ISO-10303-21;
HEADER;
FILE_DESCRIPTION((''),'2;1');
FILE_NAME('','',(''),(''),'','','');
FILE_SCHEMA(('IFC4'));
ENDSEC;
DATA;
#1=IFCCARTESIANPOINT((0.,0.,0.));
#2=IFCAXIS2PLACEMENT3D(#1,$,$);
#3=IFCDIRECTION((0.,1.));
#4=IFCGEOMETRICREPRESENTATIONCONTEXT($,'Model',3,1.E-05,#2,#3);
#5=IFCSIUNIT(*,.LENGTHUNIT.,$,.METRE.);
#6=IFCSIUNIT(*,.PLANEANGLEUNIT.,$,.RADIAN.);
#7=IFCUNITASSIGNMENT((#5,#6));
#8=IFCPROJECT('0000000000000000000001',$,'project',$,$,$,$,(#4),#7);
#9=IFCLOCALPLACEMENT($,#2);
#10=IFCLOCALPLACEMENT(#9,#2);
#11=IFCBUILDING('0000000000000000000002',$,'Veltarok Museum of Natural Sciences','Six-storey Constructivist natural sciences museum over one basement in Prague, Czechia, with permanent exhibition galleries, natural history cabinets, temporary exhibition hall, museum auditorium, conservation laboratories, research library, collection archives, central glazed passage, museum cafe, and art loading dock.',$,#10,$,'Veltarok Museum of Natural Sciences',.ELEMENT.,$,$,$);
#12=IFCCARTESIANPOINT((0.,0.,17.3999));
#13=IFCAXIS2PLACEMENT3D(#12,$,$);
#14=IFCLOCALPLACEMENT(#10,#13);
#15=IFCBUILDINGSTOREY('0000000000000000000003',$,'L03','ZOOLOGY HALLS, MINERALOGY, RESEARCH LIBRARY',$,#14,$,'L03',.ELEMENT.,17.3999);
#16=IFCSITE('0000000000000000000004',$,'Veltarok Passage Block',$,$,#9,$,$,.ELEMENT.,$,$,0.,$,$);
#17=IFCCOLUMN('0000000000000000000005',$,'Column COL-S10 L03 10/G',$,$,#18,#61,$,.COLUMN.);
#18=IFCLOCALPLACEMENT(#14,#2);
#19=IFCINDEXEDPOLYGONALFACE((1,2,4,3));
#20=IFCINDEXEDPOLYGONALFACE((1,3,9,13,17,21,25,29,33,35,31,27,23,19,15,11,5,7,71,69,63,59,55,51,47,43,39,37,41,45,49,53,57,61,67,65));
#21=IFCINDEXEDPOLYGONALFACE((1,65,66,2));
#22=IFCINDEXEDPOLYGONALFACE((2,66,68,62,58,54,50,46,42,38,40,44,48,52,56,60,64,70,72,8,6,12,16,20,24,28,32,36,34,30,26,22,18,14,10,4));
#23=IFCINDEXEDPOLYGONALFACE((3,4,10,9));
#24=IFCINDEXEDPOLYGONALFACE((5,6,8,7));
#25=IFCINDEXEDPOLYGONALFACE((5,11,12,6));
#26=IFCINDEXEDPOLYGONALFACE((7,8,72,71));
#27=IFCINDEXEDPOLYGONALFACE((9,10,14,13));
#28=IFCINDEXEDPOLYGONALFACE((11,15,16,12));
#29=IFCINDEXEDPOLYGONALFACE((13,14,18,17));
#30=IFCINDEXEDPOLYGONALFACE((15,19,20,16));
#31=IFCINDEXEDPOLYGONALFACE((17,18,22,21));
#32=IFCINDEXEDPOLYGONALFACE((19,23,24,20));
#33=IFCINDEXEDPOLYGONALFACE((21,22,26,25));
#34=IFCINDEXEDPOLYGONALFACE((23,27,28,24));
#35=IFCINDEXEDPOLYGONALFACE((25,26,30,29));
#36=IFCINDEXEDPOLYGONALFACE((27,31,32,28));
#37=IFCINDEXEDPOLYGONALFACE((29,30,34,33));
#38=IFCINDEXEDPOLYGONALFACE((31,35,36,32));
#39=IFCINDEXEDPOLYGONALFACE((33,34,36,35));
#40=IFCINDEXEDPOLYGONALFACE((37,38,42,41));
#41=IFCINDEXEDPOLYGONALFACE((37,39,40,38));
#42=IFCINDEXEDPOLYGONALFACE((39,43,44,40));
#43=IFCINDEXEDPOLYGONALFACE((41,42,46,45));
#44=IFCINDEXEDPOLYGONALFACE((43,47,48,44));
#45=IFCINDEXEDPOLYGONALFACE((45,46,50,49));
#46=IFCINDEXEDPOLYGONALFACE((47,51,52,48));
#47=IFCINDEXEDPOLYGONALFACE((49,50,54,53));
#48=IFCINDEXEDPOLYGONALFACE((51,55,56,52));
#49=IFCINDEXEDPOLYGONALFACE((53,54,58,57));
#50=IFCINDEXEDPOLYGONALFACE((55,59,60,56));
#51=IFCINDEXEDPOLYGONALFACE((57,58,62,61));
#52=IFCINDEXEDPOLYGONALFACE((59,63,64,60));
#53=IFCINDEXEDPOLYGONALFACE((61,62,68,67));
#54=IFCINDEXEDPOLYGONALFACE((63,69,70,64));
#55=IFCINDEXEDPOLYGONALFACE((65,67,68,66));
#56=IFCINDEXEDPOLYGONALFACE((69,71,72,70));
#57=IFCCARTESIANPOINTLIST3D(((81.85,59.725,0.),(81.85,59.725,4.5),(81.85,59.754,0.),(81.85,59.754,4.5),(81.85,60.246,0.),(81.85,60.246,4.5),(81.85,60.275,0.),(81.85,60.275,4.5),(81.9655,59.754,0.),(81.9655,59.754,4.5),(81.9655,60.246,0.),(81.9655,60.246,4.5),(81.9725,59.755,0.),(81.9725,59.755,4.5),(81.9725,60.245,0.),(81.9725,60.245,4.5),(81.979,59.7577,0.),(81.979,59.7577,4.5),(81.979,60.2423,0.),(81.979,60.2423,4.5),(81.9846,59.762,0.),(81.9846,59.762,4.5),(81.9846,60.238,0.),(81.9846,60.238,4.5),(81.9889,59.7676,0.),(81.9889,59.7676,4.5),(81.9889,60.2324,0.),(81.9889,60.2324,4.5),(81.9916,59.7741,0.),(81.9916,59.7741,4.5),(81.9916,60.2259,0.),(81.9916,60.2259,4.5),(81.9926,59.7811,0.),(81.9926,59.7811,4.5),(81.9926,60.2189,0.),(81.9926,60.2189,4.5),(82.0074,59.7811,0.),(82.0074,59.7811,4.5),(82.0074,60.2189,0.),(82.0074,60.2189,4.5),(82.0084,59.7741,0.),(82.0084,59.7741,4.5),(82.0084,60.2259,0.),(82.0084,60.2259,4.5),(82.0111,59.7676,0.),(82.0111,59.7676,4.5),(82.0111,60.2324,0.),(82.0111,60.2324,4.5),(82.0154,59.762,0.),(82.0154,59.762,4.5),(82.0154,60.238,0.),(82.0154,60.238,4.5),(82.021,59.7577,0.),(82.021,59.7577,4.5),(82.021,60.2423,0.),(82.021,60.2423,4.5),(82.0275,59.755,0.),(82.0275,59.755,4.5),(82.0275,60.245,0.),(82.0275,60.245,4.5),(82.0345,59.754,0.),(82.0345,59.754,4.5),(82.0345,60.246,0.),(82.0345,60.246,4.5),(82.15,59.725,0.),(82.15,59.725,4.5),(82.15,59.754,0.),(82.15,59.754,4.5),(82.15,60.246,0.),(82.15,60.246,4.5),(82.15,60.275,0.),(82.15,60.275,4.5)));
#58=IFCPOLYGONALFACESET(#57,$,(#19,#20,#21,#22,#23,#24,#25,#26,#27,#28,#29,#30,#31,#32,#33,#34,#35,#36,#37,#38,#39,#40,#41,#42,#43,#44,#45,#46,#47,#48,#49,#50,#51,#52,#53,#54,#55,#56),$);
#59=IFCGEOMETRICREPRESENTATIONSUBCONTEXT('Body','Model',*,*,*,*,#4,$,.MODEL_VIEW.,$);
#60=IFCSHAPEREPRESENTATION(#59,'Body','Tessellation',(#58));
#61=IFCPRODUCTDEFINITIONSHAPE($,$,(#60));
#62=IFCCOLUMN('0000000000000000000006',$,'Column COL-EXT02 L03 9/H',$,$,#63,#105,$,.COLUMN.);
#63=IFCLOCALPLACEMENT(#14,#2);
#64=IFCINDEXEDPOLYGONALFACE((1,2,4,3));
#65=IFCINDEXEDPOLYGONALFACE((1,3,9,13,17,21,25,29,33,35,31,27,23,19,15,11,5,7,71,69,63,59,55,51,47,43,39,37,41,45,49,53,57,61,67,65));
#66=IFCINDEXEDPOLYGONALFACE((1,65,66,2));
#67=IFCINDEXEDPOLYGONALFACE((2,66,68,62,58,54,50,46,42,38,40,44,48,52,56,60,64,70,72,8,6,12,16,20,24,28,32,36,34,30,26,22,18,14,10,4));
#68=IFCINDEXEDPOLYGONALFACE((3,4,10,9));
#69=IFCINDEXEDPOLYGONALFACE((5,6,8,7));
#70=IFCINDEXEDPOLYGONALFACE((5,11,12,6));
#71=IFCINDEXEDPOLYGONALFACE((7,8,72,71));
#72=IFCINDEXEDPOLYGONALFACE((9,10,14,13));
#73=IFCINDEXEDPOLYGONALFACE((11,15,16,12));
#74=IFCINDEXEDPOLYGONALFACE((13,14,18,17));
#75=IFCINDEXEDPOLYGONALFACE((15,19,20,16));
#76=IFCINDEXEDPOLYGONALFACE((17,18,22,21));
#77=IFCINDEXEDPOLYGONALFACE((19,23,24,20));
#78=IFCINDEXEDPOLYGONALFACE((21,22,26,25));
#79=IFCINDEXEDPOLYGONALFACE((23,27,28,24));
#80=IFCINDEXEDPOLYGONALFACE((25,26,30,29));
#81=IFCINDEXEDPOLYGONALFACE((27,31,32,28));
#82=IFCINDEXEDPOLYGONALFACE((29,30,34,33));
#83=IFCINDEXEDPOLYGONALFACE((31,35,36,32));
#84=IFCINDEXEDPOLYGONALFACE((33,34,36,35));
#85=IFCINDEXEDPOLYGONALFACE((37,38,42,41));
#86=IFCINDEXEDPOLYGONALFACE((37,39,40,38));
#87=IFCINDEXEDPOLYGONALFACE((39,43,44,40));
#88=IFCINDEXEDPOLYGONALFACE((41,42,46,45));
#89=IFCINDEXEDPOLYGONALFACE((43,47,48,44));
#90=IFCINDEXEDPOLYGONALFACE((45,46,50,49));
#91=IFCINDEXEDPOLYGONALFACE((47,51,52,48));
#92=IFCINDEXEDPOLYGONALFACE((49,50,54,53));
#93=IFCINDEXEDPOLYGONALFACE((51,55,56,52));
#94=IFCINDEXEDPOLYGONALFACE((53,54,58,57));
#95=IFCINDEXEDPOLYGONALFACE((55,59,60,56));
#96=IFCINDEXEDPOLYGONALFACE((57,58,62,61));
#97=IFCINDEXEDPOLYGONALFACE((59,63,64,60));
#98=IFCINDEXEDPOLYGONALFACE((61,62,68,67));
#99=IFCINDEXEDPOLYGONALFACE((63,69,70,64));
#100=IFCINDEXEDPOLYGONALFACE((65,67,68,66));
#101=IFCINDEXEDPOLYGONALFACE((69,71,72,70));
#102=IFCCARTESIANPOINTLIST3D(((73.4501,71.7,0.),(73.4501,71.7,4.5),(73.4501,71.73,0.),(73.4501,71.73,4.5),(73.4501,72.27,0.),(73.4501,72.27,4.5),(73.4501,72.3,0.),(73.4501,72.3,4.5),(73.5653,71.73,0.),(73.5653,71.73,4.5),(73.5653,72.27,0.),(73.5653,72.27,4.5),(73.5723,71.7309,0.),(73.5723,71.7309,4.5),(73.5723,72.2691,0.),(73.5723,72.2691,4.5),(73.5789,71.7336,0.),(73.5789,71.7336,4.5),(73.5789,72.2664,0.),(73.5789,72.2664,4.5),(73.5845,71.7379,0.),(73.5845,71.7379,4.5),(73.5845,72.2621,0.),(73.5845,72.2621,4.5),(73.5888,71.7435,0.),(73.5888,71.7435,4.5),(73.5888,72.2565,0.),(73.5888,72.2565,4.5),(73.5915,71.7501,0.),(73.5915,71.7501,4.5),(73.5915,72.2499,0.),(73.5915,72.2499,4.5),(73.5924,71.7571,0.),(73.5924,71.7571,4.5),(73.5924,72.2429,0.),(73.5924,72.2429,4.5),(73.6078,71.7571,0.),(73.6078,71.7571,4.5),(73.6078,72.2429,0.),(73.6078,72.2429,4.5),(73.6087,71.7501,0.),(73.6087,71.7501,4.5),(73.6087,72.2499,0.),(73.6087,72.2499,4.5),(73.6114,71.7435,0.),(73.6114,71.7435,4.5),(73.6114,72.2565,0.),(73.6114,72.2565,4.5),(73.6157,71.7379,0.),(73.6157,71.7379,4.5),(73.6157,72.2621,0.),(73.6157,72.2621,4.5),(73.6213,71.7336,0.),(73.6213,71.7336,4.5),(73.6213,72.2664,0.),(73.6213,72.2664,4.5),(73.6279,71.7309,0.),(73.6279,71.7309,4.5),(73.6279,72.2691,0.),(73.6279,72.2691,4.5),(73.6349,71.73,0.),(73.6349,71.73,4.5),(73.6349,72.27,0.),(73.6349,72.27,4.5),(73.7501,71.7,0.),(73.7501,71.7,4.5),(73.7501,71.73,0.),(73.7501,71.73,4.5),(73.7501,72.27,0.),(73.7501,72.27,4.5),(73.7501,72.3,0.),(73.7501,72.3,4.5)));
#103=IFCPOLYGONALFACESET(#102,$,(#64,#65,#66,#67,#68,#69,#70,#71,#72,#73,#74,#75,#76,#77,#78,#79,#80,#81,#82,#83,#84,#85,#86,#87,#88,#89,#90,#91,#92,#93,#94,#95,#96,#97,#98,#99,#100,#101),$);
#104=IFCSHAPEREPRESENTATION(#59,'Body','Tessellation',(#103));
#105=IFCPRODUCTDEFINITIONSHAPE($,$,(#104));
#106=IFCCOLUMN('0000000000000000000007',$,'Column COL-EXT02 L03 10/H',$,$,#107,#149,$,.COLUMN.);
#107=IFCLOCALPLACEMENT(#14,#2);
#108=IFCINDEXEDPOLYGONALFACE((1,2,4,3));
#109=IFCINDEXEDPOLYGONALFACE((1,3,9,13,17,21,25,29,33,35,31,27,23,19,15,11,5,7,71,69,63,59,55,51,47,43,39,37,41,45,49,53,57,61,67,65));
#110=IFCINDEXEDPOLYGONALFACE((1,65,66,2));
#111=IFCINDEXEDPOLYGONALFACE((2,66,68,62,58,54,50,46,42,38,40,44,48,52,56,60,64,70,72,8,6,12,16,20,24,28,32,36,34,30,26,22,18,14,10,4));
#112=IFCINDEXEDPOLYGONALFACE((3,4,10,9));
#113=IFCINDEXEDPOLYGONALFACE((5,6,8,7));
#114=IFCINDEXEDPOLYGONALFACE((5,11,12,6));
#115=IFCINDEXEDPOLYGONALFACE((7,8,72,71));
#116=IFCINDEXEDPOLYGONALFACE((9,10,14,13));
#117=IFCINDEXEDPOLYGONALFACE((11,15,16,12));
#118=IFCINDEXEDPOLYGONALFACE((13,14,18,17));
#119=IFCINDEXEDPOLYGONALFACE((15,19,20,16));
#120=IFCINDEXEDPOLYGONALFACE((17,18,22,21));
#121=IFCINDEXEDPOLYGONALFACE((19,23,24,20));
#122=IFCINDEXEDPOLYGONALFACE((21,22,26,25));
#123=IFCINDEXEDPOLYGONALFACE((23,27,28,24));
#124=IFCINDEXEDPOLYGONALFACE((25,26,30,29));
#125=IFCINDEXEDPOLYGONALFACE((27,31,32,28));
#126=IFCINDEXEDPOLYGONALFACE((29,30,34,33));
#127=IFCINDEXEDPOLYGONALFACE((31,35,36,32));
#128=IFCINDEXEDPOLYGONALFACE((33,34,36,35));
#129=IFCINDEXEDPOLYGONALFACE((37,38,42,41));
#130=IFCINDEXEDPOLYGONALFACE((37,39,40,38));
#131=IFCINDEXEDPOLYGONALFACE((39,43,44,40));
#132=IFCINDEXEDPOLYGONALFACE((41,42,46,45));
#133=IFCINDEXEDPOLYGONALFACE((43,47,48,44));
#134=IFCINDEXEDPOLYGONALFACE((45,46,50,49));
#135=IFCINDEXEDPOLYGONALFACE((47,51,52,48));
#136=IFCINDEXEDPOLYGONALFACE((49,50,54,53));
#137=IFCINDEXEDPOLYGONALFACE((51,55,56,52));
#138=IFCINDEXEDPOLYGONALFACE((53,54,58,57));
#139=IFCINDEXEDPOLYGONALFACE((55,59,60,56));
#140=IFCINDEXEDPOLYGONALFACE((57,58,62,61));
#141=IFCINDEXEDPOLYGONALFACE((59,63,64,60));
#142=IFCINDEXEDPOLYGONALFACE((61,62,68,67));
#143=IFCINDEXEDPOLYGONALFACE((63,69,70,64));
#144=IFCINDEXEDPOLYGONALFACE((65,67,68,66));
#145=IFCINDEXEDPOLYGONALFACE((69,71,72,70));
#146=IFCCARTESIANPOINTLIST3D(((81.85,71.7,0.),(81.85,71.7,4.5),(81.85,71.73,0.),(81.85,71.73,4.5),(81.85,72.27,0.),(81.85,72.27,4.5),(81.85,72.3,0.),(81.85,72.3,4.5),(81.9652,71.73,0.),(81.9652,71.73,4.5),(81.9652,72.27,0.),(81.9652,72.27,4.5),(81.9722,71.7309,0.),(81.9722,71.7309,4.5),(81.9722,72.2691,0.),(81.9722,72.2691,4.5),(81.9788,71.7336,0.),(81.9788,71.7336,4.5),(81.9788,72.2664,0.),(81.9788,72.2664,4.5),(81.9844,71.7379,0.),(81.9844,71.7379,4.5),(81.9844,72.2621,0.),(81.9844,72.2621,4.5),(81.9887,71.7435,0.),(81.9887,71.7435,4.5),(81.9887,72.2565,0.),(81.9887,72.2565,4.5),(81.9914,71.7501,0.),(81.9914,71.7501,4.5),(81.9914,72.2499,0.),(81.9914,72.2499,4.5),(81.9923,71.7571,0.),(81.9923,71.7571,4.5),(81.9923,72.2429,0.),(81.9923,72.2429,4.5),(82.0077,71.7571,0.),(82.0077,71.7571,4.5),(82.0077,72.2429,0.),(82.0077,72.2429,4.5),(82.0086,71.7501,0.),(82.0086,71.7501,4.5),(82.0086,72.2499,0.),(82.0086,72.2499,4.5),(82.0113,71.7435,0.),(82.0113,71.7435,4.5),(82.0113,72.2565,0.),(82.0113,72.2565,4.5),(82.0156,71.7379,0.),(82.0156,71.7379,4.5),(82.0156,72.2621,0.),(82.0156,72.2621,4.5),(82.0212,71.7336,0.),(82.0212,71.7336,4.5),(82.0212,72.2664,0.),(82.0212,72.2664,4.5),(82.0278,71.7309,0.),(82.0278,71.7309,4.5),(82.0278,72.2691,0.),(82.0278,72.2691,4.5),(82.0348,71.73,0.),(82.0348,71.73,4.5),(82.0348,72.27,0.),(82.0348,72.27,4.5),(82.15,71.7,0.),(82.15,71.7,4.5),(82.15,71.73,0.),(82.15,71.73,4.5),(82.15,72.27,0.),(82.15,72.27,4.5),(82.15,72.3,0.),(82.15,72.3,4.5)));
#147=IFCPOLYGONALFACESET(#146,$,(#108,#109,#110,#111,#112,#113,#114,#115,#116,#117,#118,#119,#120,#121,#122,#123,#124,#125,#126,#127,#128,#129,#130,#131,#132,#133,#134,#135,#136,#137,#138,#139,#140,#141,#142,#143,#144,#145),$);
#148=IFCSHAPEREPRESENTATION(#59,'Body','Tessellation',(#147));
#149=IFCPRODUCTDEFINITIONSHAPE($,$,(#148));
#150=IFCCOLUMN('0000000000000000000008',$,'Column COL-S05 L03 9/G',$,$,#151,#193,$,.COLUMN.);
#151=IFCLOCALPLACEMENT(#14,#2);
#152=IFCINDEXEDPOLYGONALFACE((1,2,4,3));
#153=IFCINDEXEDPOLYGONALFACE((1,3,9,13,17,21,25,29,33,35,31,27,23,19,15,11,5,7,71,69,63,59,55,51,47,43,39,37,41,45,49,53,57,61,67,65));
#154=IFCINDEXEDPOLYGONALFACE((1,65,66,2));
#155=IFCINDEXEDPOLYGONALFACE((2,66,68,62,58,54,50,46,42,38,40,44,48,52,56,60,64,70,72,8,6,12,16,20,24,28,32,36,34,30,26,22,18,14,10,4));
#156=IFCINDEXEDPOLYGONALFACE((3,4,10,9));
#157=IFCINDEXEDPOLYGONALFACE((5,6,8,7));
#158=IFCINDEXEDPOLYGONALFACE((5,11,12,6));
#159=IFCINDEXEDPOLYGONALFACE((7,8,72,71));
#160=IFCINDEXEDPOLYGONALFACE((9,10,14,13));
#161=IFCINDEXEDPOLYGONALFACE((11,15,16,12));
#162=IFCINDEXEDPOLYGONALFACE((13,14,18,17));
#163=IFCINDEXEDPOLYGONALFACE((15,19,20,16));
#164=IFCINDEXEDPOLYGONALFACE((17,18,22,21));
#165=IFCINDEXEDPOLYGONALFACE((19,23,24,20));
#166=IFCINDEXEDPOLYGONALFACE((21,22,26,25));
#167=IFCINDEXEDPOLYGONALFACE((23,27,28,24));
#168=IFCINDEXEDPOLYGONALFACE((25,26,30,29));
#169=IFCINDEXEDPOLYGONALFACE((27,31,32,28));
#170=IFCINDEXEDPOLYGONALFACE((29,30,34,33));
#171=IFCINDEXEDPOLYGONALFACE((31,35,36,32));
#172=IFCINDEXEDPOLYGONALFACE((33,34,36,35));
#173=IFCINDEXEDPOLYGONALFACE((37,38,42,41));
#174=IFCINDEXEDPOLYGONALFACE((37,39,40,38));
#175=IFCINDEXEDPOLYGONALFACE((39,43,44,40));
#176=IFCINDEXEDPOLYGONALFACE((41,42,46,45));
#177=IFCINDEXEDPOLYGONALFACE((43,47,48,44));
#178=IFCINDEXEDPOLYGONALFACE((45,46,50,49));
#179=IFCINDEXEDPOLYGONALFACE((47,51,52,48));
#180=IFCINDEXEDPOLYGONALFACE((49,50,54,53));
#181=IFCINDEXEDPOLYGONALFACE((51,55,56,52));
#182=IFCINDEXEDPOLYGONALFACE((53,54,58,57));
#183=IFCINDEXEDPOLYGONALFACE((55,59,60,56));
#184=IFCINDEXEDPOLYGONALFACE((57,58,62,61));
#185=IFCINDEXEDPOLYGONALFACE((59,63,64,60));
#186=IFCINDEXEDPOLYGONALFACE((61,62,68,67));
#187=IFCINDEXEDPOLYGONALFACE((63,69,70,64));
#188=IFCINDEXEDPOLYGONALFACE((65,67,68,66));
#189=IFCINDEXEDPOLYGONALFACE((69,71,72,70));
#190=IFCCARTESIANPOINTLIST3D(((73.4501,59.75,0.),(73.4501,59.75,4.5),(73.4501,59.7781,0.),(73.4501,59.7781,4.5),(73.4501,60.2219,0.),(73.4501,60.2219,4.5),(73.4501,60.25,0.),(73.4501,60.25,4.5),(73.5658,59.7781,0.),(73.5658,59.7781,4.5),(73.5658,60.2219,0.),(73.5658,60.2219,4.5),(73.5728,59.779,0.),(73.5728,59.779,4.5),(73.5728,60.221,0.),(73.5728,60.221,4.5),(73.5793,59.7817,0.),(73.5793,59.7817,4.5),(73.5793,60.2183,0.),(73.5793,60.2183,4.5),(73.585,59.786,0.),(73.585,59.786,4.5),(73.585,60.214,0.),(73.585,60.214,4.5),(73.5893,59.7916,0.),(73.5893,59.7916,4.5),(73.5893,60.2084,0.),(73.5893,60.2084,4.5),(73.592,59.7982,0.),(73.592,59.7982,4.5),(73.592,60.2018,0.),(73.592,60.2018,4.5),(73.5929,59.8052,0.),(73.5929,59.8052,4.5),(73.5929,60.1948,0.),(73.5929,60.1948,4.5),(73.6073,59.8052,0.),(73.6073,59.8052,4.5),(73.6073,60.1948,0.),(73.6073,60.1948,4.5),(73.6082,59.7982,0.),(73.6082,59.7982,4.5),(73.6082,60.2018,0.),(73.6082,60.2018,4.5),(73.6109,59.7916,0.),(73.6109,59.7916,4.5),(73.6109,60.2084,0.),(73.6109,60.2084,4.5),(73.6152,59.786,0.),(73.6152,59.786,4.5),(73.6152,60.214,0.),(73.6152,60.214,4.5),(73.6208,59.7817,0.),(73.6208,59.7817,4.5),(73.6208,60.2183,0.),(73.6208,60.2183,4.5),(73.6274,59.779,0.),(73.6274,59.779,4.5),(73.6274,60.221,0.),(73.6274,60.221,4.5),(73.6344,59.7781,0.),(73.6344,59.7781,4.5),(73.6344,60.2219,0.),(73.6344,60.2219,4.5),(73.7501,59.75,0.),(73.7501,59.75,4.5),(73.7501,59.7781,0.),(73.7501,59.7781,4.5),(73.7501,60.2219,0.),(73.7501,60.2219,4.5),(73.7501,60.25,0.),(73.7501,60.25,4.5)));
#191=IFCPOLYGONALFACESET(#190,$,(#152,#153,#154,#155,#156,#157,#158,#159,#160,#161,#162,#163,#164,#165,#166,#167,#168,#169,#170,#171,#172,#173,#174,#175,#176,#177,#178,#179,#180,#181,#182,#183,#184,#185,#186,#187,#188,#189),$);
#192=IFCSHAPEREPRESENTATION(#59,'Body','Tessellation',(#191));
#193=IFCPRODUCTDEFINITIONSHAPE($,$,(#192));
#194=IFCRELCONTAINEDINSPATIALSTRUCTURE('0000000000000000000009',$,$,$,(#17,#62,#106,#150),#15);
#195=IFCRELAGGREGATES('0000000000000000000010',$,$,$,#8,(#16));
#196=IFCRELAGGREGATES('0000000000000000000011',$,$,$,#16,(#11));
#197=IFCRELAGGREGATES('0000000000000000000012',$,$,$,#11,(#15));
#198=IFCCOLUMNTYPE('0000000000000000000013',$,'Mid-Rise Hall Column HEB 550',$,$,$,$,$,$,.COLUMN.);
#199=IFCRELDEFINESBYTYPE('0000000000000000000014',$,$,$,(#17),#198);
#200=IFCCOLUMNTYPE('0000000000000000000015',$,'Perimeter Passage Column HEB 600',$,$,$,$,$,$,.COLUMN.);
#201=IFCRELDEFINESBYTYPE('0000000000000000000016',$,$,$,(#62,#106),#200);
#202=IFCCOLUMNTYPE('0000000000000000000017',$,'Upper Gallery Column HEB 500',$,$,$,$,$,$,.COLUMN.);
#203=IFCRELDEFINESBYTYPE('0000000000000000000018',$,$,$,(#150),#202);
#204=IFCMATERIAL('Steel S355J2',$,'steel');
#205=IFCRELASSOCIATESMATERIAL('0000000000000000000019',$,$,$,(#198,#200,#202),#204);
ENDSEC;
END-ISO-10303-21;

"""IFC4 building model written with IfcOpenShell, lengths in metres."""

from ifc_helpers import new_model, si_unit, direction, frame, origin, origin_2d, place, context, subcontext, project, spatial, i_section, extrude, material, material_profile, profile_set, type_object, element, save


model = new_model("IFC4")

# Units and contexts
model_context = context("Model", 3, precision=1e-05, world=origin(), true_north=direction((0.0, 1.0)))
body_context = subcontext(model_context, "Body", "Model", "MODEL_VIEW")
ifc_project = project(units=[si_unit("LENGTHUNIT", "METRE"), si_unit("PLANEANGLEUNIT", "RADIAN")], contexts=[model_context])

# Site, building, storey
site_placement = place(None, origin())
site = spatial("IfcSite", under=ifc_project, at=site_placement, Name="Veltarok Passage Block", CompositionType="ELEMENT", RefElevation=0.0)
building_placement = place(site_placement, origin())
building = spatial("IfcBuilding", under=site, at=building_placement, Name="Veltarok Museum of Natural Sciences", Description="Six-storey Constructivist natural sciences museum over one basement in Prague, Czechia, with permanent exhibition galleries, natural history cabinets, temporary exhibition hall, museum auditorium, conservation laboratories, research library, collection archives, central glazed passage, museum cafe, and art loading dock.", LongName="Veltarok Museum of Natural Sciences", CompositionType="ELEMENT")
storey_placement = place(building_placement, frame((0.0, 0.0, 17.3999)))
storey = spatial("IfcBuildingStorey", under=building, at=storey_placement, Name="L03", Description="ZOOLOGY HALLS, MINERALOGY, RESEARCH LIBRARY", LongName="L03", CompositionType="ELEMENT", Elevation=17.3999)

# Columns
ifc_material_1 = material(Name="Steel S355J2", Category="steel")
ifc_material_profile_1 = material_profile(ifc_material_1, i_section(OverallWidth=0.3, OverallDepth=0.55, WebThickness=0.0149, FlangeThickness=0.0291, FilletRadius=0.0271, at=origin_2d()), Name="HEB 550")
ifc_profile_set_1 = profile_set([ifc_material_profile_1], Name="Steel S355J2")
column_type_1 = type_object("IfcColumnType", Name="Mid-Rise Hall Column HEB 550", PredefinedType="COLUMN", material=ifc_profile_set_1)
column_1_placement = place(storey_placement, frame((82.0, 60.0, 0.0), z_axis=(0.0, 0.0, 1.0), x_axis=(1.0, 0.0, 0.0)))
element("IfcColumn", 1, at=column_1_placement, inside=storey, type_object=column_type_1, Name="Column COL-S10 L03 10/G", PredefinedType="COLUMN", context=body_context, shape_type="SweptSolid", body=[
    extrude(i_section(OverallWidth=0.3, OverallDepth=0.55, WebThickness=0.0149, FlangeThickness=0.0291, FilletRadius=0.0271, at=origin_2d()), origin(), (0.0, 0.0, 1.0), 4.5),
])
ifc_material_profile_2 = material_profile(ifc_material_1, i_section(OverallWidth=0.3, OverallDepth=0.6001, WebThickness=0.0154, FlangeThickness=0.03, FilletRadius=0.0271, at=origin_2d()), Name="HEB 600")
ifc_profile_set_2 = profile_set([ifc_material_profile_2], Name="Steel S355J2")
column_type_2 = type_object("IfcColumnType", Name="Perimeter Passage Column HEB 600", PredefinedType="COLUMN", material=ifc_profile_set_2)
for number, where, z_axis, x_axis, name in (
    (2, (73.6001, 72.0, 0.0), (0.0, 0.0, 1.0), (1.0, 0.0, 0.0), "Column COL-EXT02 L03 9/H"),
    (3, (82.0, 72.0, 0.0), (0.0, 0.0, 1.0), (1.0, 0.0, 0.0), "Column COL-EXT02 L03 10/H"),
):
    element("IfcColumn", number, at=place(storey_placement, frame(where, z_axis=z_axis, x_axis=x_axis)), inside=storey, type_object=column_type_2, Name=name, PredefinedType="COLUMN", context=body_context, shape_type="SweptSolid", body=[
        extrude(i_section(OverallWidth=0.3, OverallDepth=0.6001, WebThickness=0.0154, FlangeThickness=0.03, FilletRadius=0.0271, at=origin_2d()), origin(), (0.0, 0.0, 1.0), 4.5),
    ])
ifc_material_profile_3 = material_profile(ifc_material_1, i_section(OverallWidth=0.3, OverallDepth=0.5, WebThickness=0.0144, FlangeThickness=0.0281, FilletRadius=0.0271, at=origin_2d()), Name="HEB 500")
ifc_profile_set_3 = profile_set([ifc_material_profile_3], Name="Steel S355J2")
column_type_3 = type_object("IfcColumnType", Name="Upper Gallery Column HEB 500", PredefinedType="COLUMN", material=ifc_profile_set_3)
column_2_placement = place(storey_placement, frame((73.6001, 60.0, 0.0), z_axis=(0.0, 0.0, 1.0), x_axis=(1.0, 0.0, 0.0)))
element("IfcColumn", 4, at=column_2_placement, inside=storey, type_object=column_type_3, Name="Column COL-S05 L03 9/G", PredefinedType="COLUMN", context=body_context, shape_type="SweptSolid", body=[
    extrude(i_section(OverallWidth=0.3, OverallDepth=0.5, WebThickness=0.0144, FlangeThickness=0.0281, FilletRadius=0.0271, at=origin_2d()), origin(), (0.0, 0.0, 1.0), 4.5),
])

save(model, "model.ifc")
